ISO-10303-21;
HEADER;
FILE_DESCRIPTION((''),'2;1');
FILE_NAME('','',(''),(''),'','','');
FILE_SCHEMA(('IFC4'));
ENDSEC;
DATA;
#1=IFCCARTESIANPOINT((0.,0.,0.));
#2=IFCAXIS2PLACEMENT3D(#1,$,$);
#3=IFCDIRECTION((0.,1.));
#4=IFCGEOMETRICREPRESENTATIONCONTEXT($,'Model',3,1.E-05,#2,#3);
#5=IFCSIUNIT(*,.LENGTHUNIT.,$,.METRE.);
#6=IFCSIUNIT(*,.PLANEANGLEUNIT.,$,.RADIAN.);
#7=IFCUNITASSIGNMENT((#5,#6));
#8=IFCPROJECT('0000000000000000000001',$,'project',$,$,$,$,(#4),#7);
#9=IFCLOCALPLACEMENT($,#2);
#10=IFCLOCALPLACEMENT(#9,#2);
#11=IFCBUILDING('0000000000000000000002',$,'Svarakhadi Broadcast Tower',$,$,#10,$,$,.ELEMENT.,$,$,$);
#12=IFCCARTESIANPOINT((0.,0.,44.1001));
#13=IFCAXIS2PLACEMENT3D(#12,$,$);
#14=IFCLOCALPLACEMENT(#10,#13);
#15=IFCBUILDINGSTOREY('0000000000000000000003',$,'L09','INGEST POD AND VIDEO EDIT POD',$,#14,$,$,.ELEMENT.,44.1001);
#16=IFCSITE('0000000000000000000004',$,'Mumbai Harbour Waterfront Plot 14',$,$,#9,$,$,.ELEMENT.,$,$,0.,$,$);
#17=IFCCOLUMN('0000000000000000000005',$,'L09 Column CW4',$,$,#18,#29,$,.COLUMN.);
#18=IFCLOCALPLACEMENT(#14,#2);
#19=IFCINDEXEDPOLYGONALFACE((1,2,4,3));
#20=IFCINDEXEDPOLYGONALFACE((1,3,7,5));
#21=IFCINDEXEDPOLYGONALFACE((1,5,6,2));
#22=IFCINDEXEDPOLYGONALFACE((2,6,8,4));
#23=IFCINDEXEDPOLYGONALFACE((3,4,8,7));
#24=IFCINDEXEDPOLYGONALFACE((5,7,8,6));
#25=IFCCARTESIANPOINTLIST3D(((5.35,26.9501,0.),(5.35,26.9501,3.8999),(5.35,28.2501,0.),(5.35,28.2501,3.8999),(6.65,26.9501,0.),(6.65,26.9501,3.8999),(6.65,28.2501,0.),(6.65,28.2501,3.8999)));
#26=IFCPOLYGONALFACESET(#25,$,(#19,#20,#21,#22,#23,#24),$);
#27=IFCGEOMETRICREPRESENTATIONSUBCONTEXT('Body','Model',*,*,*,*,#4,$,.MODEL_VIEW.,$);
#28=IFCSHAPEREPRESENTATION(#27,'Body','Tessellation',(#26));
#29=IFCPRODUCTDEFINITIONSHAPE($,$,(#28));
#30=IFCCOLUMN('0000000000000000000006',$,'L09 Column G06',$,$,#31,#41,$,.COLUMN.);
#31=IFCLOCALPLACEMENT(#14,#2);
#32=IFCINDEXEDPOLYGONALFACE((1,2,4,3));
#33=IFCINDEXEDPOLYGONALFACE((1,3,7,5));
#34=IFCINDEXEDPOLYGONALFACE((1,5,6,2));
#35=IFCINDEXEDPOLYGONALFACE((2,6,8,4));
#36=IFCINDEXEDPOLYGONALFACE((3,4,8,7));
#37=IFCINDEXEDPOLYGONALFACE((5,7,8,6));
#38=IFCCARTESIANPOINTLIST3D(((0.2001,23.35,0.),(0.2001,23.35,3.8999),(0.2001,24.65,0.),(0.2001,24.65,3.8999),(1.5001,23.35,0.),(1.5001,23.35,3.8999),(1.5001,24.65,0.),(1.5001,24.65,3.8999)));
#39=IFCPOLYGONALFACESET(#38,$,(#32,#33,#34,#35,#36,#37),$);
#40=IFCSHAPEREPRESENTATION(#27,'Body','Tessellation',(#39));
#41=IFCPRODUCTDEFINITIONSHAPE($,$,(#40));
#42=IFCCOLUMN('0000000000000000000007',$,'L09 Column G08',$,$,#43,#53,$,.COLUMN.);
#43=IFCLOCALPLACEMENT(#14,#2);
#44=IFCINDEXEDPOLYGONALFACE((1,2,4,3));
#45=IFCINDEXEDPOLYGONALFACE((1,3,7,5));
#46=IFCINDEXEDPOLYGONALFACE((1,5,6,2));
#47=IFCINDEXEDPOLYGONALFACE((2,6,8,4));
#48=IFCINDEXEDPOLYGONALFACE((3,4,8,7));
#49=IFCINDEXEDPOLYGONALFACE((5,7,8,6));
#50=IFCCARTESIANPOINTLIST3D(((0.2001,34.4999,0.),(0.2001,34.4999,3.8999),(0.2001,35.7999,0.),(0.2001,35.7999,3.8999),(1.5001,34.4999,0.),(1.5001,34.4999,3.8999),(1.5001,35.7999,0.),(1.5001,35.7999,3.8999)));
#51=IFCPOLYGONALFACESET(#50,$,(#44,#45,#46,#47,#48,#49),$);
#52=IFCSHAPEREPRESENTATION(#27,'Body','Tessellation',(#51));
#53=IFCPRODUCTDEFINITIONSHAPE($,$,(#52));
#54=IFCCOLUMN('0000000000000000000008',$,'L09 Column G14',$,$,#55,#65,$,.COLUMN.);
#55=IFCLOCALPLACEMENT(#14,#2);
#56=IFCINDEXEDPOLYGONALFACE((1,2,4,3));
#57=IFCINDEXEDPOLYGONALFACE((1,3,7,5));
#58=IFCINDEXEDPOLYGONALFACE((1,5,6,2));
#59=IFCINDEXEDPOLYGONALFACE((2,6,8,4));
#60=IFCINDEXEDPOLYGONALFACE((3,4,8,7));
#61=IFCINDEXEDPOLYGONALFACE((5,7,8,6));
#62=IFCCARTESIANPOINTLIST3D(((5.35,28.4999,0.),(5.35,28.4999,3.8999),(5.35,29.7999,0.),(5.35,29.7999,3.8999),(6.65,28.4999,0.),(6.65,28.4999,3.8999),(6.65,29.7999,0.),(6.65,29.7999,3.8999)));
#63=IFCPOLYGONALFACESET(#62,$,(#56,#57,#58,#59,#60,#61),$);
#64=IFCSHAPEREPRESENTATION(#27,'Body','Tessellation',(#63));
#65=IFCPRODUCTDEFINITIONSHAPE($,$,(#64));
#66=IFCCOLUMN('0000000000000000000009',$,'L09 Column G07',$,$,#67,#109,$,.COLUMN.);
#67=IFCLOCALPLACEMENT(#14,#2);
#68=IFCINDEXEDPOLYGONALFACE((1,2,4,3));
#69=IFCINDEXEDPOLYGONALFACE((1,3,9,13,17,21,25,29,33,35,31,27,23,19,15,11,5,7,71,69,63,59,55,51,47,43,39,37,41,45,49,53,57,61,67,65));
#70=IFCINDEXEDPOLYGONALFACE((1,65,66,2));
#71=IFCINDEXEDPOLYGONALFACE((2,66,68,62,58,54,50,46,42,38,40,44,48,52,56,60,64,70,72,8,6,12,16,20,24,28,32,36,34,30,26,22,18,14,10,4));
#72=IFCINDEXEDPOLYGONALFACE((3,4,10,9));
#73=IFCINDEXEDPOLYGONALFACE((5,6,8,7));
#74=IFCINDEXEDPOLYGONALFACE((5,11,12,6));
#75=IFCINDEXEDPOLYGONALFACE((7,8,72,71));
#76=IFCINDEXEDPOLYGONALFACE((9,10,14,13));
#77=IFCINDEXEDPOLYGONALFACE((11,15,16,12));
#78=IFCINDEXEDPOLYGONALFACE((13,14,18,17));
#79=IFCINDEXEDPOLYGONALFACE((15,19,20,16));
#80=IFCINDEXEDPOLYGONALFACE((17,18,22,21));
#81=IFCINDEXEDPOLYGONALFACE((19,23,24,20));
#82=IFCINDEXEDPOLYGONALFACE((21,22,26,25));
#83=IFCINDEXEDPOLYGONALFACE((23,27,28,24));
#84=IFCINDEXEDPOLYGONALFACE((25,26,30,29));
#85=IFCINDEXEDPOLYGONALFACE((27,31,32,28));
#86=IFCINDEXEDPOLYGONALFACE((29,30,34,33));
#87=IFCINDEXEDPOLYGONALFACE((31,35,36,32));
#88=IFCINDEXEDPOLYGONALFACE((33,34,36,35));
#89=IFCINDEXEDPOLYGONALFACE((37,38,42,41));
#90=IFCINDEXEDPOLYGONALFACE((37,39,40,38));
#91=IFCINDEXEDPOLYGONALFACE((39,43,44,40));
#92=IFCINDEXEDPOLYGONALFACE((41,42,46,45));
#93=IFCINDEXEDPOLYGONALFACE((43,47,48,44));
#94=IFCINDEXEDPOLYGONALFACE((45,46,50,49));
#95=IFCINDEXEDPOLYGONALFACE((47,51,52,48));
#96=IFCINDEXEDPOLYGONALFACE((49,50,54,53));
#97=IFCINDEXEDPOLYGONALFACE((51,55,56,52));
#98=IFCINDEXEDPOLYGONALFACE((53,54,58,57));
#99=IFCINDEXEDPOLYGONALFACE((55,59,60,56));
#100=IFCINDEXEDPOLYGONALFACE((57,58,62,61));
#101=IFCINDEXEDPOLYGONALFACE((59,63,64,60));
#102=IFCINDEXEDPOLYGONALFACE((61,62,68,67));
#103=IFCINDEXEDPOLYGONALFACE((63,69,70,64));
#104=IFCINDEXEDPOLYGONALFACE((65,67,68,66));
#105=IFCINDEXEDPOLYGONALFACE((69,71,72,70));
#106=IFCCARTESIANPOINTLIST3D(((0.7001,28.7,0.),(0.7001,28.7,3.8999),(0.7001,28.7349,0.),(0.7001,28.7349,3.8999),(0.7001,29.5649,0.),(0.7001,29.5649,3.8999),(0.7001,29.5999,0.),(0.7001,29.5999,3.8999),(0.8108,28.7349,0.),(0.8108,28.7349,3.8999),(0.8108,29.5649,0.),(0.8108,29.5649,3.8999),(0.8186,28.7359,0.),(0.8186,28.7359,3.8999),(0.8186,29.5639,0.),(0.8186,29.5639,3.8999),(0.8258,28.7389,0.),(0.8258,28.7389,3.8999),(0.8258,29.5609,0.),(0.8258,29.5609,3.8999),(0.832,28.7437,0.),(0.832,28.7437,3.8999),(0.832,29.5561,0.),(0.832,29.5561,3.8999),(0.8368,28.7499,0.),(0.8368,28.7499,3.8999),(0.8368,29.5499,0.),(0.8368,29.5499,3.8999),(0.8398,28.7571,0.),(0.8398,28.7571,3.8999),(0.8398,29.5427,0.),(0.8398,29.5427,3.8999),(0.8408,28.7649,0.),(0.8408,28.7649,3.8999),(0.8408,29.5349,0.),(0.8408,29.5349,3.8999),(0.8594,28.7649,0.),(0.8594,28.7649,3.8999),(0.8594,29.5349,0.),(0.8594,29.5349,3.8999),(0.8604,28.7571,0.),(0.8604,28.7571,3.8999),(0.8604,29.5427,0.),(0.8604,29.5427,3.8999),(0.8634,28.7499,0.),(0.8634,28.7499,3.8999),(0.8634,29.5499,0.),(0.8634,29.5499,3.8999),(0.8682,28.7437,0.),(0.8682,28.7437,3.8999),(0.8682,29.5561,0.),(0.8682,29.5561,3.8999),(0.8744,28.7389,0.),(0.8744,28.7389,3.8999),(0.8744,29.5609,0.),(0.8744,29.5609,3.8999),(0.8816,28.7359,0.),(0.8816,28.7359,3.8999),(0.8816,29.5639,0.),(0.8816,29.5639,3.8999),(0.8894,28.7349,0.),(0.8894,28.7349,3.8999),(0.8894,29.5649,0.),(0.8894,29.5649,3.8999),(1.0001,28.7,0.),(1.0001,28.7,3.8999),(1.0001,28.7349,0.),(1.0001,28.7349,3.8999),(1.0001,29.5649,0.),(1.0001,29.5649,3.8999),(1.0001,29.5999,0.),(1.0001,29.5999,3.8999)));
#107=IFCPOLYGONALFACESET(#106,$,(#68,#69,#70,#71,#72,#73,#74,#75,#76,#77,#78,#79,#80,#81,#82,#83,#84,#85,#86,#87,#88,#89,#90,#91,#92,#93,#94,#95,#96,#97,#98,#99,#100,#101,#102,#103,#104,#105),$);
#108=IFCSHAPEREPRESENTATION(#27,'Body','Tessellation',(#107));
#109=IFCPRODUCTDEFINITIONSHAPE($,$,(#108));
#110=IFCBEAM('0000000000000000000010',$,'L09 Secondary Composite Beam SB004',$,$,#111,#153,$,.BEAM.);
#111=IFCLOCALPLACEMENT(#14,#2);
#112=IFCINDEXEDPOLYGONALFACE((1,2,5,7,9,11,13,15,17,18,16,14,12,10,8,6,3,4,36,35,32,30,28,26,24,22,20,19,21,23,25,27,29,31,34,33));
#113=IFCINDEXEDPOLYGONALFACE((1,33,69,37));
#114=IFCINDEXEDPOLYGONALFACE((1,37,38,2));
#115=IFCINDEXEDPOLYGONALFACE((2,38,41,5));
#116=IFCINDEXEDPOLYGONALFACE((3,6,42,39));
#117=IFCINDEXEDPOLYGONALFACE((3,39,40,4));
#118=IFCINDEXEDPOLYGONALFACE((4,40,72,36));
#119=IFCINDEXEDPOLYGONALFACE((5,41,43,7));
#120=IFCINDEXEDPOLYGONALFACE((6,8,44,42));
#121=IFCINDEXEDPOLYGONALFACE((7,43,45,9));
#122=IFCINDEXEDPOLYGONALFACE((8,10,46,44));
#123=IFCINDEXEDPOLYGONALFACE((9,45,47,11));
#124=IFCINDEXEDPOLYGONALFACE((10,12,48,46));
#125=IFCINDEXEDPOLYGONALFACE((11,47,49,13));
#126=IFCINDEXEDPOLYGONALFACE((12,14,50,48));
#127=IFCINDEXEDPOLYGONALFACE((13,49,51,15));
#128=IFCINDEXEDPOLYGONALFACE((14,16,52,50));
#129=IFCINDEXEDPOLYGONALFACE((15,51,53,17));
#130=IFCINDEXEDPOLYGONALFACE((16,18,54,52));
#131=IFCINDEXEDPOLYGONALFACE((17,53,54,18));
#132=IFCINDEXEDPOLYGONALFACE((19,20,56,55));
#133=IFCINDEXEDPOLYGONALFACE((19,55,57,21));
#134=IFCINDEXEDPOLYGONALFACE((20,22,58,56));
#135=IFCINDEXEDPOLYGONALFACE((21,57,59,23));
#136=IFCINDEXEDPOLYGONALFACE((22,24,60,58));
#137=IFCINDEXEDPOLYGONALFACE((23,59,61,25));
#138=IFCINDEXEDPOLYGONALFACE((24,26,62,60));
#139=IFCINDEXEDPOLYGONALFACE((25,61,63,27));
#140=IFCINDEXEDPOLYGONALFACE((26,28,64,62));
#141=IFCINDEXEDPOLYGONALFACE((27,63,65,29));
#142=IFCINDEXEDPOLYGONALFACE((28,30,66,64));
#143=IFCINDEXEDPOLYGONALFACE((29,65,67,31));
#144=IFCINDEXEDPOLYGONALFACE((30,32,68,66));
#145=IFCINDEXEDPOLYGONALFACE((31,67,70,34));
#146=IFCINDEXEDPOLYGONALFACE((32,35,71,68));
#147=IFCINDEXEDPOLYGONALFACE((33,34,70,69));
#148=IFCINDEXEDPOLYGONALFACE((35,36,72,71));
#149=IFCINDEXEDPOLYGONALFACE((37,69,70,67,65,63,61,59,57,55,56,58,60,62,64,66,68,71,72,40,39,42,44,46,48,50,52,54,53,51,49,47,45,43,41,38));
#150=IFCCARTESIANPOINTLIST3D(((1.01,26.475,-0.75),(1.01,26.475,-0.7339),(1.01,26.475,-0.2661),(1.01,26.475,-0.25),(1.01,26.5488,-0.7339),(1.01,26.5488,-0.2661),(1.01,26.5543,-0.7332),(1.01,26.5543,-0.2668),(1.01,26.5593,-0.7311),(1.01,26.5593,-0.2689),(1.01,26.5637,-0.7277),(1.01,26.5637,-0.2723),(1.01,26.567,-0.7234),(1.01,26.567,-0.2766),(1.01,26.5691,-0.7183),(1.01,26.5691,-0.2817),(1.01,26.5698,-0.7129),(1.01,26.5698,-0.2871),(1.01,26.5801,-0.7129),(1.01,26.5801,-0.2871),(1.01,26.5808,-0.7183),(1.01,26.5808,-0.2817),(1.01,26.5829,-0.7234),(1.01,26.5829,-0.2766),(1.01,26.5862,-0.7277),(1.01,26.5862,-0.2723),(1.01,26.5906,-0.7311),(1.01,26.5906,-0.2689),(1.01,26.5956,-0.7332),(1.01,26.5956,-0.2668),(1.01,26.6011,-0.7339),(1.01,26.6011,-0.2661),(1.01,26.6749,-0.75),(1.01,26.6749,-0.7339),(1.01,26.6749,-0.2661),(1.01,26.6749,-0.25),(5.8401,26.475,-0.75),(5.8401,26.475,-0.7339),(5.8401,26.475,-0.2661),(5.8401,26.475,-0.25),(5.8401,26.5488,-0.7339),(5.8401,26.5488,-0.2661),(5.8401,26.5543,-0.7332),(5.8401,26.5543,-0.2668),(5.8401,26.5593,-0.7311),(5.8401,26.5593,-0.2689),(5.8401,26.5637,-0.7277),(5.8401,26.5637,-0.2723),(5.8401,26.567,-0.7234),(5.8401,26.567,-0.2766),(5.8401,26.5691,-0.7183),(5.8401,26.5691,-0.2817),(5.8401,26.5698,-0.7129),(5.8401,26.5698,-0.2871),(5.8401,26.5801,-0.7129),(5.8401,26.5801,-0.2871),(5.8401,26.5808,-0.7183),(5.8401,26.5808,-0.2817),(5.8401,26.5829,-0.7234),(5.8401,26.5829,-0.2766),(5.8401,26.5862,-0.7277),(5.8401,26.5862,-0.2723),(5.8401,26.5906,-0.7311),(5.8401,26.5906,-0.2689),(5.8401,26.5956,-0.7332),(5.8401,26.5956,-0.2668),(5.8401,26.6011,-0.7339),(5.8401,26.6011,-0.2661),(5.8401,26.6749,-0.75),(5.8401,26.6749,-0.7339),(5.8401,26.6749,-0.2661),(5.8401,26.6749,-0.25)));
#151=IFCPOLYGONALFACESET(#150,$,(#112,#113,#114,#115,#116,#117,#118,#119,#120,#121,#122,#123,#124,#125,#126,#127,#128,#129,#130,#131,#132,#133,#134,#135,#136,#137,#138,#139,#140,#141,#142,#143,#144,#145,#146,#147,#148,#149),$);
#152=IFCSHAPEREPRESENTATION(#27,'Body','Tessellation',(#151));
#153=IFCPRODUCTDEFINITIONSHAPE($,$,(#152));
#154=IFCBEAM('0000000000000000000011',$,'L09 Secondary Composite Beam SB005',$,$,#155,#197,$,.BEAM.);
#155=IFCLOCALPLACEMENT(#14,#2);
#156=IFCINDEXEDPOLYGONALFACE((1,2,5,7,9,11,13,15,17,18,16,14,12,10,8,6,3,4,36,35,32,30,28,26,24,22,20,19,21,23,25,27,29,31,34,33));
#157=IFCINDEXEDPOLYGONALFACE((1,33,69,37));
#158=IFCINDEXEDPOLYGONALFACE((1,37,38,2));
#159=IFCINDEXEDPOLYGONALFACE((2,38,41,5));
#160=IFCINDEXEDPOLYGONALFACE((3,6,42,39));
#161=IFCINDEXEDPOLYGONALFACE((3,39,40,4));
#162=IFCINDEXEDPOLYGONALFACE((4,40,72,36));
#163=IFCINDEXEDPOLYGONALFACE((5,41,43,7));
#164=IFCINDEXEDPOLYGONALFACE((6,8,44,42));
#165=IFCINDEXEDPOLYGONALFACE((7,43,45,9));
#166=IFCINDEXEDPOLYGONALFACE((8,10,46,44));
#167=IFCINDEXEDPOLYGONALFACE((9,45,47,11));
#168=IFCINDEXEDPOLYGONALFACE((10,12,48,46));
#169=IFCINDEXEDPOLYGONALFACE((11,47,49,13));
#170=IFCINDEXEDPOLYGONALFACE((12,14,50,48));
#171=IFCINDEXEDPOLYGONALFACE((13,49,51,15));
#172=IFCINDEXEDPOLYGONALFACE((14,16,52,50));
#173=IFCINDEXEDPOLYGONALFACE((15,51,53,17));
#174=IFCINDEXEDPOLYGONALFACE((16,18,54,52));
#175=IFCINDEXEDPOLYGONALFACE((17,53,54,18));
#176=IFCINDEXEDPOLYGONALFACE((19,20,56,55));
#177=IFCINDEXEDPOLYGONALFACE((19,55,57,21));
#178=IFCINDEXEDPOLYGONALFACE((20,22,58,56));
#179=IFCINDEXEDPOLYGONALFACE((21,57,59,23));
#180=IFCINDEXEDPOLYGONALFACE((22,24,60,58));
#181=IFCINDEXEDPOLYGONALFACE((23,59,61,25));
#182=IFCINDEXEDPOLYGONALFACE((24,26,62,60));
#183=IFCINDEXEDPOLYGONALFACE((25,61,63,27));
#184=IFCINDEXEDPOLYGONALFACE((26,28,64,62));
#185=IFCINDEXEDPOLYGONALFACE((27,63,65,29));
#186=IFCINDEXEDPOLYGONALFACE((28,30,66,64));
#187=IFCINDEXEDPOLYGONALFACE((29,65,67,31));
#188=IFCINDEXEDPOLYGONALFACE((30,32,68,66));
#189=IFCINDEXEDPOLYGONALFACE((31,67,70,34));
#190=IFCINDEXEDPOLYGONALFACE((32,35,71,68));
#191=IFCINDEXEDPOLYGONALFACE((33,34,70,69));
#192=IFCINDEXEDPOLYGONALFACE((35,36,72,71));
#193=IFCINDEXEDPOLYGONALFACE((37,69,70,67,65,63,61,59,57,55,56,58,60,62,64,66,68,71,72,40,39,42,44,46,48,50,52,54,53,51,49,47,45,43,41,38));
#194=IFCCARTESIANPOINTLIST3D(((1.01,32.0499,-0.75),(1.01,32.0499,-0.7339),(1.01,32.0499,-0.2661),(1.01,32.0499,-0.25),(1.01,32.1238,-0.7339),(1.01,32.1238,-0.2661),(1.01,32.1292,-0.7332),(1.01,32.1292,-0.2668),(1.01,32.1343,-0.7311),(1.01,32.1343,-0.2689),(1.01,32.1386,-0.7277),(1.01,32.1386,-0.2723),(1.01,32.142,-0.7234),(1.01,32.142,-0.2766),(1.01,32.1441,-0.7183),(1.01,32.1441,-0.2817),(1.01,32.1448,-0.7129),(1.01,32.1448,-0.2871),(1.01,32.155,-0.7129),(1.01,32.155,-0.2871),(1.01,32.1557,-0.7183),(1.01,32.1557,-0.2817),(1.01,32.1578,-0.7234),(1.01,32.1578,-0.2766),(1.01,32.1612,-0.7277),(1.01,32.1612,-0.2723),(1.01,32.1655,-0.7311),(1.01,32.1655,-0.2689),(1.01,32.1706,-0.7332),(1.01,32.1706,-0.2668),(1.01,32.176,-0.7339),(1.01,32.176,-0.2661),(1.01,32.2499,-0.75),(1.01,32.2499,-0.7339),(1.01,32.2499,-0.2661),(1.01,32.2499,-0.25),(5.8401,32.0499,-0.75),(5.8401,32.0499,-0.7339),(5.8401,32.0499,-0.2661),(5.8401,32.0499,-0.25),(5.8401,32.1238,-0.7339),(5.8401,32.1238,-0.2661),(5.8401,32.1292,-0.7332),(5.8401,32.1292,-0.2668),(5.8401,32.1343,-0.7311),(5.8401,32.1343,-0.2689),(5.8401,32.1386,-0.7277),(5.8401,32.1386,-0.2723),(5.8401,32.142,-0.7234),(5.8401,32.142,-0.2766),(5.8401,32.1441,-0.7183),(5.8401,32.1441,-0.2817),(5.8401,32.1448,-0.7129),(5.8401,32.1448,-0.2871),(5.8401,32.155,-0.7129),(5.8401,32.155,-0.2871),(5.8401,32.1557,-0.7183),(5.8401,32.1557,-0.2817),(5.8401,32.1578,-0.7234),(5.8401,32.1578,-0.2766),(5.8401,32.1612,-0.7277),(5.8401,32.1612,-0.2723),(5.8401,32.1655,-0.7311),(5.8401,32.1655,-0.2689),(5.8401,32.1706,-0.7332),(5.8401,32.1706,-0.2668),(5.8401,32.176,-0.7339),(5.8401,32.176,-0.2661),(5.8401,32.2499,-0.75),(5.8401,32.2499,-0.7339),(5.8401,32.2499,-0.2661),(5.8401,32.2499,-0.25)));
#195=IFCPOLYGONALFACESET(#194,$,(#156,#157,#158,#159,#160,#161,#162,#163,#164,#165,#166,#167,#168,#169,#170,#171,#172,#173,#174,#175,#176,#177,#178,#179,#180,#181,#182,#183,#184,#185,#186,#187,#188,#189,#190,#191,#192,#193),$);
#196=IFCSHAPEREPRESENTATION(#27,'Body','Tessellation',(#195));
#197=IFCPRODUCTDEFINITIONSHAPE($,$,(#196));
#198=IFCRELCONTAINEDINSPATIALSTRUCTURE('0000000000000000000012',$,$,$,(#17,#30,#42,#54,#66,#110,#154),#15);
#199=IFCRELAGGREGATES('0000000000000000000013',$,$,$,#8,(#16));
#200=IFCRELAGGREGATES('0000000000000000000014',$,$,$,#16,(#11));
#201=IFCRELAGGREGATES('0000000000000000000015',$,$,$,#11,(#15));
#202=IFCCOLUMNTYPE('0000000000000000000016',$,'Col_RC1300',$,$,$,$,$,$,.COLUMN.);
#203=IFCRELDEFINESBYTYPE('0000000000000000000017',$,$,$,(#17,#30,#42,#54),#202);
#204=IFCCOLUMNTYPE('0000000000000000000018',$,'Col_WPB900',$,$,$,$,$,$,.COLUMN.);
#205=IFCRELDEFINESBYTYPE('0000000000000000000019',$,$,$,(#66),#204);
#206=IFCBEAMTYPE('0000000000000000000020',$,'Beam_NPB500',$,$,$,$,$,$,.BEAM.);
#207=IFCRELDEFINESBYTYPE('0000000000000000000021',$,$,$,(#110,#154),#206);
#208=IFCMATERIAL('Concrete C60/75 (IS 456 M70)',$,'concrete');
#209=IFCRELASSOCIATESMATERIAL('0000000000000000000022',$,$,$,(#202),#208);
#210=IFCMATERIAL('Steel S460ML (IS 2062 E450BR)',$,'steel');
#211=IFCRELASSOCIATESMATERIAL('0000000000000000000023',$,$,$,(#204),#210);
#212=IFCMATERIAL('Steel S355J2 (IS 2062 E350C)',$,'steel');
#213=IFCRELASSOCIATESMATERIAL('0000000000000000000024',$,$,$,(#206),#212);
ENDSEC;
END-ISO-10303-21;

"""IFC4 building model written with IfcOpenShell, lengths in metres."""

from ifc_helpers import new_model, si_unit, direction, frame, origin, origin_2d, place, context, subcontext, project, spatial, rectangle, i_section, extrude, material, material_profile, profile_set, type_object, element, save


model = new_model("IFC4")

# Units and contexts
model_context = context("Model", 3, precision=1e-05, world=origin(), true_north=direction((0.0, 1.0)))
body_context = subcontext(model_context, "Body", "Model", "MODEL_VIEW")
ifc_project = project(units=[si_unit("LENGTHUNIT", "METRE"), si_unit("PLANEANGLEUNIT", "RADIAN")], contexts=[model_context])

# Site, building, storey
site_placement = place(None, origin())
site = spatial("IfcSite", under=ifc_project, at=site_placement, Name="Mumbai Harbour Waterfront Plot 14", CompositionType="ELEMENT", RefElevation=0.0)
building_placement = place(site_placement, origin())
building = spatial("IfcBuilding", under=site, at=building_placement, Name="Svarakhadi Broadcast Tower", CompositionType="ELEMENT")
storey_placement = place(building_placement, frame((0.0, 0.0, 44.1001)))
storey = spatial("IfcBuildingStorey", under=building, at=storey_placement, Name="L09", Description="INGEST POD AND VIDEO EDIT POD", CompositionType="ELEMENT", Elevation=44.1001)

# Columns
ifc_material_1 = material(Name="Concrete C60/75 (IS 456 M70)", Category="concrete")
ifc_material_profile_1 = material_profile(ifc_material_1, rectangle(XDim=1.3, YDim=1.3, at=origin_2d()), Name="RC 1300x1300")
ifc_profile_set_1 = profile_set([ifc_material_profile_1], Name="Concrete C60/75 (IS 456 M70)")
column_type_1 = type_object("IfcColumnType", Name="Col_RC1300", PredefinedType="COLUMN", material=ifc_profile_set_1)
for number, where, z_axis, x_axis, name in (
    (1, (6.0, 27.6001, 0.0), (0.0, 0.0, 1.0), (1.0, 0.0, 0.0), "L09 Column CW4"),
    (2, (0.8501, 24.0, 0.0), (0.0, 0.0, 1.0), (1.0, 0.0, 0.0), "L09 Column G06"),
    (3, (0.8501, 35.1499, 0.0), (0.0, 0.0, 1.0), (1.0, 0.0, 0.0), "L09 Column G08"),
    (4, (6.0, 29.1499, 0.0), (0.0, 0.0, 1.0), (1.0, 0.0, 0.0), "L09 Column G14"),
):
    element("IfcColumn", number, at=place(storey_placement, frame(where, z_axis=z_axis, x_axis=x_axis)), inside=storey, type_object=column_type_1, Name=name, PredefinedType="COLUMN", context=body_context, shape_type="SweptSolid", body=[
        extrude(rectangle(XDim=1.3, YDim=1.3, at=origin_2d()), origin(), (0.0, 0.0, 1.0), 3.8999),
    ])
ifc_material_2 = material(Name="Steel S460ML (IS 2062 E450BR)", Category="steel")
ifc_material_profile_2 = material_profile(ifc_material_2, i_section(OverallWidth=0.3, OverallDepth=0.8999, WebThickness=0.0186, FlangeThickness=0.0349, FilletRadius=0.03, at=origin_2d()), Name="WPB 900x300x291")
ifc_profile_set_2 = profile_set([ifc_material_profile_2], Name="Steel S460ML (IS 2062 E450BR)")
column_type_2 = type_object("IfcColumnType", Name="Col_WPB900", PredefinedType="COLUMN", material=ifc_profile_set_2)
column_placement = place(storey_placement, frame((0.8501, 29.1499, 0.0), z_axis=(0.0, 0.0, 1.0), x_axis=(1.0, 0.0, 0.0)))
element("IfcColumn", 5, at=column_placement, inside=storey, type_object=column_type_2, Name="L09 Column G07", PredefinedType="COLUMN", context=body_context, shape_type="SweptSolid", body=[
    extrude(i_section(OverallWidth=0.3, OverallDepth=0.8999, WebThickness=0.0186, FlangeThickness=0.0349, FilletRadius=0.03, at=origin_2d()), origin(), (0.0, 0.0, 1.0), 3.8999),
])

# Beams
ifc_material_3 = material(Name="Steel S355J2 (IS 2062 E350C)", Category="steel")
ifc_material_profile_3 = material_profile(ifc_material_3, i_section(OverallWidth=0.2, OverallDepth=0.5, WebThickness=0.0103, FlangeThickness=0.0161, FilletRadius=0.021, at=origin_2d()), Name="NPB 500x200x91")
ifc_profile_set_3 = profile_set([ifc_material_profile_3], Name="Steel S355J2 (IS 2062 E350C)")
beam_type_1 = type_object("IfcBeamType", Name="Beam_NPB500", PredefinedType="BEAM", material=ifc_profile_set_3)
for number, where, z_axis, x_axis, name in (
    (6, (1.01, 26.575, -0.5), (1.0, 0.0, 0.0), (0.0, 1.0, 0.0), "L09 Secondary Composite Beam SB004"),
    (7, (1.01, 32.1499, -0.5), (1.0, 0.0, 0.0), (0.0, 1.0, 0.0), "L09 Secondary Composite Beam SB005"),
):
    element("IfcBeam", number, at=place(storey_placement, frame(where, z_axis=z_axis, x_axis=x_axis)), inside=storey, type_object=beam_type_1, Name=name, PredefinedType="BEAM", context=body_context, shape_type="SweptSolid", body=[
        extrude(i_section(OverallWidth=0.2, OverallDepth=0.5, WebThickness=0.0103, FlangeThickness=0.0161, FilletRadius=0.021, at=origin_2d()), origin(), (0.0, 0.0, 1.0), 4.8301),
    ])

save(model, "model.ifc")
